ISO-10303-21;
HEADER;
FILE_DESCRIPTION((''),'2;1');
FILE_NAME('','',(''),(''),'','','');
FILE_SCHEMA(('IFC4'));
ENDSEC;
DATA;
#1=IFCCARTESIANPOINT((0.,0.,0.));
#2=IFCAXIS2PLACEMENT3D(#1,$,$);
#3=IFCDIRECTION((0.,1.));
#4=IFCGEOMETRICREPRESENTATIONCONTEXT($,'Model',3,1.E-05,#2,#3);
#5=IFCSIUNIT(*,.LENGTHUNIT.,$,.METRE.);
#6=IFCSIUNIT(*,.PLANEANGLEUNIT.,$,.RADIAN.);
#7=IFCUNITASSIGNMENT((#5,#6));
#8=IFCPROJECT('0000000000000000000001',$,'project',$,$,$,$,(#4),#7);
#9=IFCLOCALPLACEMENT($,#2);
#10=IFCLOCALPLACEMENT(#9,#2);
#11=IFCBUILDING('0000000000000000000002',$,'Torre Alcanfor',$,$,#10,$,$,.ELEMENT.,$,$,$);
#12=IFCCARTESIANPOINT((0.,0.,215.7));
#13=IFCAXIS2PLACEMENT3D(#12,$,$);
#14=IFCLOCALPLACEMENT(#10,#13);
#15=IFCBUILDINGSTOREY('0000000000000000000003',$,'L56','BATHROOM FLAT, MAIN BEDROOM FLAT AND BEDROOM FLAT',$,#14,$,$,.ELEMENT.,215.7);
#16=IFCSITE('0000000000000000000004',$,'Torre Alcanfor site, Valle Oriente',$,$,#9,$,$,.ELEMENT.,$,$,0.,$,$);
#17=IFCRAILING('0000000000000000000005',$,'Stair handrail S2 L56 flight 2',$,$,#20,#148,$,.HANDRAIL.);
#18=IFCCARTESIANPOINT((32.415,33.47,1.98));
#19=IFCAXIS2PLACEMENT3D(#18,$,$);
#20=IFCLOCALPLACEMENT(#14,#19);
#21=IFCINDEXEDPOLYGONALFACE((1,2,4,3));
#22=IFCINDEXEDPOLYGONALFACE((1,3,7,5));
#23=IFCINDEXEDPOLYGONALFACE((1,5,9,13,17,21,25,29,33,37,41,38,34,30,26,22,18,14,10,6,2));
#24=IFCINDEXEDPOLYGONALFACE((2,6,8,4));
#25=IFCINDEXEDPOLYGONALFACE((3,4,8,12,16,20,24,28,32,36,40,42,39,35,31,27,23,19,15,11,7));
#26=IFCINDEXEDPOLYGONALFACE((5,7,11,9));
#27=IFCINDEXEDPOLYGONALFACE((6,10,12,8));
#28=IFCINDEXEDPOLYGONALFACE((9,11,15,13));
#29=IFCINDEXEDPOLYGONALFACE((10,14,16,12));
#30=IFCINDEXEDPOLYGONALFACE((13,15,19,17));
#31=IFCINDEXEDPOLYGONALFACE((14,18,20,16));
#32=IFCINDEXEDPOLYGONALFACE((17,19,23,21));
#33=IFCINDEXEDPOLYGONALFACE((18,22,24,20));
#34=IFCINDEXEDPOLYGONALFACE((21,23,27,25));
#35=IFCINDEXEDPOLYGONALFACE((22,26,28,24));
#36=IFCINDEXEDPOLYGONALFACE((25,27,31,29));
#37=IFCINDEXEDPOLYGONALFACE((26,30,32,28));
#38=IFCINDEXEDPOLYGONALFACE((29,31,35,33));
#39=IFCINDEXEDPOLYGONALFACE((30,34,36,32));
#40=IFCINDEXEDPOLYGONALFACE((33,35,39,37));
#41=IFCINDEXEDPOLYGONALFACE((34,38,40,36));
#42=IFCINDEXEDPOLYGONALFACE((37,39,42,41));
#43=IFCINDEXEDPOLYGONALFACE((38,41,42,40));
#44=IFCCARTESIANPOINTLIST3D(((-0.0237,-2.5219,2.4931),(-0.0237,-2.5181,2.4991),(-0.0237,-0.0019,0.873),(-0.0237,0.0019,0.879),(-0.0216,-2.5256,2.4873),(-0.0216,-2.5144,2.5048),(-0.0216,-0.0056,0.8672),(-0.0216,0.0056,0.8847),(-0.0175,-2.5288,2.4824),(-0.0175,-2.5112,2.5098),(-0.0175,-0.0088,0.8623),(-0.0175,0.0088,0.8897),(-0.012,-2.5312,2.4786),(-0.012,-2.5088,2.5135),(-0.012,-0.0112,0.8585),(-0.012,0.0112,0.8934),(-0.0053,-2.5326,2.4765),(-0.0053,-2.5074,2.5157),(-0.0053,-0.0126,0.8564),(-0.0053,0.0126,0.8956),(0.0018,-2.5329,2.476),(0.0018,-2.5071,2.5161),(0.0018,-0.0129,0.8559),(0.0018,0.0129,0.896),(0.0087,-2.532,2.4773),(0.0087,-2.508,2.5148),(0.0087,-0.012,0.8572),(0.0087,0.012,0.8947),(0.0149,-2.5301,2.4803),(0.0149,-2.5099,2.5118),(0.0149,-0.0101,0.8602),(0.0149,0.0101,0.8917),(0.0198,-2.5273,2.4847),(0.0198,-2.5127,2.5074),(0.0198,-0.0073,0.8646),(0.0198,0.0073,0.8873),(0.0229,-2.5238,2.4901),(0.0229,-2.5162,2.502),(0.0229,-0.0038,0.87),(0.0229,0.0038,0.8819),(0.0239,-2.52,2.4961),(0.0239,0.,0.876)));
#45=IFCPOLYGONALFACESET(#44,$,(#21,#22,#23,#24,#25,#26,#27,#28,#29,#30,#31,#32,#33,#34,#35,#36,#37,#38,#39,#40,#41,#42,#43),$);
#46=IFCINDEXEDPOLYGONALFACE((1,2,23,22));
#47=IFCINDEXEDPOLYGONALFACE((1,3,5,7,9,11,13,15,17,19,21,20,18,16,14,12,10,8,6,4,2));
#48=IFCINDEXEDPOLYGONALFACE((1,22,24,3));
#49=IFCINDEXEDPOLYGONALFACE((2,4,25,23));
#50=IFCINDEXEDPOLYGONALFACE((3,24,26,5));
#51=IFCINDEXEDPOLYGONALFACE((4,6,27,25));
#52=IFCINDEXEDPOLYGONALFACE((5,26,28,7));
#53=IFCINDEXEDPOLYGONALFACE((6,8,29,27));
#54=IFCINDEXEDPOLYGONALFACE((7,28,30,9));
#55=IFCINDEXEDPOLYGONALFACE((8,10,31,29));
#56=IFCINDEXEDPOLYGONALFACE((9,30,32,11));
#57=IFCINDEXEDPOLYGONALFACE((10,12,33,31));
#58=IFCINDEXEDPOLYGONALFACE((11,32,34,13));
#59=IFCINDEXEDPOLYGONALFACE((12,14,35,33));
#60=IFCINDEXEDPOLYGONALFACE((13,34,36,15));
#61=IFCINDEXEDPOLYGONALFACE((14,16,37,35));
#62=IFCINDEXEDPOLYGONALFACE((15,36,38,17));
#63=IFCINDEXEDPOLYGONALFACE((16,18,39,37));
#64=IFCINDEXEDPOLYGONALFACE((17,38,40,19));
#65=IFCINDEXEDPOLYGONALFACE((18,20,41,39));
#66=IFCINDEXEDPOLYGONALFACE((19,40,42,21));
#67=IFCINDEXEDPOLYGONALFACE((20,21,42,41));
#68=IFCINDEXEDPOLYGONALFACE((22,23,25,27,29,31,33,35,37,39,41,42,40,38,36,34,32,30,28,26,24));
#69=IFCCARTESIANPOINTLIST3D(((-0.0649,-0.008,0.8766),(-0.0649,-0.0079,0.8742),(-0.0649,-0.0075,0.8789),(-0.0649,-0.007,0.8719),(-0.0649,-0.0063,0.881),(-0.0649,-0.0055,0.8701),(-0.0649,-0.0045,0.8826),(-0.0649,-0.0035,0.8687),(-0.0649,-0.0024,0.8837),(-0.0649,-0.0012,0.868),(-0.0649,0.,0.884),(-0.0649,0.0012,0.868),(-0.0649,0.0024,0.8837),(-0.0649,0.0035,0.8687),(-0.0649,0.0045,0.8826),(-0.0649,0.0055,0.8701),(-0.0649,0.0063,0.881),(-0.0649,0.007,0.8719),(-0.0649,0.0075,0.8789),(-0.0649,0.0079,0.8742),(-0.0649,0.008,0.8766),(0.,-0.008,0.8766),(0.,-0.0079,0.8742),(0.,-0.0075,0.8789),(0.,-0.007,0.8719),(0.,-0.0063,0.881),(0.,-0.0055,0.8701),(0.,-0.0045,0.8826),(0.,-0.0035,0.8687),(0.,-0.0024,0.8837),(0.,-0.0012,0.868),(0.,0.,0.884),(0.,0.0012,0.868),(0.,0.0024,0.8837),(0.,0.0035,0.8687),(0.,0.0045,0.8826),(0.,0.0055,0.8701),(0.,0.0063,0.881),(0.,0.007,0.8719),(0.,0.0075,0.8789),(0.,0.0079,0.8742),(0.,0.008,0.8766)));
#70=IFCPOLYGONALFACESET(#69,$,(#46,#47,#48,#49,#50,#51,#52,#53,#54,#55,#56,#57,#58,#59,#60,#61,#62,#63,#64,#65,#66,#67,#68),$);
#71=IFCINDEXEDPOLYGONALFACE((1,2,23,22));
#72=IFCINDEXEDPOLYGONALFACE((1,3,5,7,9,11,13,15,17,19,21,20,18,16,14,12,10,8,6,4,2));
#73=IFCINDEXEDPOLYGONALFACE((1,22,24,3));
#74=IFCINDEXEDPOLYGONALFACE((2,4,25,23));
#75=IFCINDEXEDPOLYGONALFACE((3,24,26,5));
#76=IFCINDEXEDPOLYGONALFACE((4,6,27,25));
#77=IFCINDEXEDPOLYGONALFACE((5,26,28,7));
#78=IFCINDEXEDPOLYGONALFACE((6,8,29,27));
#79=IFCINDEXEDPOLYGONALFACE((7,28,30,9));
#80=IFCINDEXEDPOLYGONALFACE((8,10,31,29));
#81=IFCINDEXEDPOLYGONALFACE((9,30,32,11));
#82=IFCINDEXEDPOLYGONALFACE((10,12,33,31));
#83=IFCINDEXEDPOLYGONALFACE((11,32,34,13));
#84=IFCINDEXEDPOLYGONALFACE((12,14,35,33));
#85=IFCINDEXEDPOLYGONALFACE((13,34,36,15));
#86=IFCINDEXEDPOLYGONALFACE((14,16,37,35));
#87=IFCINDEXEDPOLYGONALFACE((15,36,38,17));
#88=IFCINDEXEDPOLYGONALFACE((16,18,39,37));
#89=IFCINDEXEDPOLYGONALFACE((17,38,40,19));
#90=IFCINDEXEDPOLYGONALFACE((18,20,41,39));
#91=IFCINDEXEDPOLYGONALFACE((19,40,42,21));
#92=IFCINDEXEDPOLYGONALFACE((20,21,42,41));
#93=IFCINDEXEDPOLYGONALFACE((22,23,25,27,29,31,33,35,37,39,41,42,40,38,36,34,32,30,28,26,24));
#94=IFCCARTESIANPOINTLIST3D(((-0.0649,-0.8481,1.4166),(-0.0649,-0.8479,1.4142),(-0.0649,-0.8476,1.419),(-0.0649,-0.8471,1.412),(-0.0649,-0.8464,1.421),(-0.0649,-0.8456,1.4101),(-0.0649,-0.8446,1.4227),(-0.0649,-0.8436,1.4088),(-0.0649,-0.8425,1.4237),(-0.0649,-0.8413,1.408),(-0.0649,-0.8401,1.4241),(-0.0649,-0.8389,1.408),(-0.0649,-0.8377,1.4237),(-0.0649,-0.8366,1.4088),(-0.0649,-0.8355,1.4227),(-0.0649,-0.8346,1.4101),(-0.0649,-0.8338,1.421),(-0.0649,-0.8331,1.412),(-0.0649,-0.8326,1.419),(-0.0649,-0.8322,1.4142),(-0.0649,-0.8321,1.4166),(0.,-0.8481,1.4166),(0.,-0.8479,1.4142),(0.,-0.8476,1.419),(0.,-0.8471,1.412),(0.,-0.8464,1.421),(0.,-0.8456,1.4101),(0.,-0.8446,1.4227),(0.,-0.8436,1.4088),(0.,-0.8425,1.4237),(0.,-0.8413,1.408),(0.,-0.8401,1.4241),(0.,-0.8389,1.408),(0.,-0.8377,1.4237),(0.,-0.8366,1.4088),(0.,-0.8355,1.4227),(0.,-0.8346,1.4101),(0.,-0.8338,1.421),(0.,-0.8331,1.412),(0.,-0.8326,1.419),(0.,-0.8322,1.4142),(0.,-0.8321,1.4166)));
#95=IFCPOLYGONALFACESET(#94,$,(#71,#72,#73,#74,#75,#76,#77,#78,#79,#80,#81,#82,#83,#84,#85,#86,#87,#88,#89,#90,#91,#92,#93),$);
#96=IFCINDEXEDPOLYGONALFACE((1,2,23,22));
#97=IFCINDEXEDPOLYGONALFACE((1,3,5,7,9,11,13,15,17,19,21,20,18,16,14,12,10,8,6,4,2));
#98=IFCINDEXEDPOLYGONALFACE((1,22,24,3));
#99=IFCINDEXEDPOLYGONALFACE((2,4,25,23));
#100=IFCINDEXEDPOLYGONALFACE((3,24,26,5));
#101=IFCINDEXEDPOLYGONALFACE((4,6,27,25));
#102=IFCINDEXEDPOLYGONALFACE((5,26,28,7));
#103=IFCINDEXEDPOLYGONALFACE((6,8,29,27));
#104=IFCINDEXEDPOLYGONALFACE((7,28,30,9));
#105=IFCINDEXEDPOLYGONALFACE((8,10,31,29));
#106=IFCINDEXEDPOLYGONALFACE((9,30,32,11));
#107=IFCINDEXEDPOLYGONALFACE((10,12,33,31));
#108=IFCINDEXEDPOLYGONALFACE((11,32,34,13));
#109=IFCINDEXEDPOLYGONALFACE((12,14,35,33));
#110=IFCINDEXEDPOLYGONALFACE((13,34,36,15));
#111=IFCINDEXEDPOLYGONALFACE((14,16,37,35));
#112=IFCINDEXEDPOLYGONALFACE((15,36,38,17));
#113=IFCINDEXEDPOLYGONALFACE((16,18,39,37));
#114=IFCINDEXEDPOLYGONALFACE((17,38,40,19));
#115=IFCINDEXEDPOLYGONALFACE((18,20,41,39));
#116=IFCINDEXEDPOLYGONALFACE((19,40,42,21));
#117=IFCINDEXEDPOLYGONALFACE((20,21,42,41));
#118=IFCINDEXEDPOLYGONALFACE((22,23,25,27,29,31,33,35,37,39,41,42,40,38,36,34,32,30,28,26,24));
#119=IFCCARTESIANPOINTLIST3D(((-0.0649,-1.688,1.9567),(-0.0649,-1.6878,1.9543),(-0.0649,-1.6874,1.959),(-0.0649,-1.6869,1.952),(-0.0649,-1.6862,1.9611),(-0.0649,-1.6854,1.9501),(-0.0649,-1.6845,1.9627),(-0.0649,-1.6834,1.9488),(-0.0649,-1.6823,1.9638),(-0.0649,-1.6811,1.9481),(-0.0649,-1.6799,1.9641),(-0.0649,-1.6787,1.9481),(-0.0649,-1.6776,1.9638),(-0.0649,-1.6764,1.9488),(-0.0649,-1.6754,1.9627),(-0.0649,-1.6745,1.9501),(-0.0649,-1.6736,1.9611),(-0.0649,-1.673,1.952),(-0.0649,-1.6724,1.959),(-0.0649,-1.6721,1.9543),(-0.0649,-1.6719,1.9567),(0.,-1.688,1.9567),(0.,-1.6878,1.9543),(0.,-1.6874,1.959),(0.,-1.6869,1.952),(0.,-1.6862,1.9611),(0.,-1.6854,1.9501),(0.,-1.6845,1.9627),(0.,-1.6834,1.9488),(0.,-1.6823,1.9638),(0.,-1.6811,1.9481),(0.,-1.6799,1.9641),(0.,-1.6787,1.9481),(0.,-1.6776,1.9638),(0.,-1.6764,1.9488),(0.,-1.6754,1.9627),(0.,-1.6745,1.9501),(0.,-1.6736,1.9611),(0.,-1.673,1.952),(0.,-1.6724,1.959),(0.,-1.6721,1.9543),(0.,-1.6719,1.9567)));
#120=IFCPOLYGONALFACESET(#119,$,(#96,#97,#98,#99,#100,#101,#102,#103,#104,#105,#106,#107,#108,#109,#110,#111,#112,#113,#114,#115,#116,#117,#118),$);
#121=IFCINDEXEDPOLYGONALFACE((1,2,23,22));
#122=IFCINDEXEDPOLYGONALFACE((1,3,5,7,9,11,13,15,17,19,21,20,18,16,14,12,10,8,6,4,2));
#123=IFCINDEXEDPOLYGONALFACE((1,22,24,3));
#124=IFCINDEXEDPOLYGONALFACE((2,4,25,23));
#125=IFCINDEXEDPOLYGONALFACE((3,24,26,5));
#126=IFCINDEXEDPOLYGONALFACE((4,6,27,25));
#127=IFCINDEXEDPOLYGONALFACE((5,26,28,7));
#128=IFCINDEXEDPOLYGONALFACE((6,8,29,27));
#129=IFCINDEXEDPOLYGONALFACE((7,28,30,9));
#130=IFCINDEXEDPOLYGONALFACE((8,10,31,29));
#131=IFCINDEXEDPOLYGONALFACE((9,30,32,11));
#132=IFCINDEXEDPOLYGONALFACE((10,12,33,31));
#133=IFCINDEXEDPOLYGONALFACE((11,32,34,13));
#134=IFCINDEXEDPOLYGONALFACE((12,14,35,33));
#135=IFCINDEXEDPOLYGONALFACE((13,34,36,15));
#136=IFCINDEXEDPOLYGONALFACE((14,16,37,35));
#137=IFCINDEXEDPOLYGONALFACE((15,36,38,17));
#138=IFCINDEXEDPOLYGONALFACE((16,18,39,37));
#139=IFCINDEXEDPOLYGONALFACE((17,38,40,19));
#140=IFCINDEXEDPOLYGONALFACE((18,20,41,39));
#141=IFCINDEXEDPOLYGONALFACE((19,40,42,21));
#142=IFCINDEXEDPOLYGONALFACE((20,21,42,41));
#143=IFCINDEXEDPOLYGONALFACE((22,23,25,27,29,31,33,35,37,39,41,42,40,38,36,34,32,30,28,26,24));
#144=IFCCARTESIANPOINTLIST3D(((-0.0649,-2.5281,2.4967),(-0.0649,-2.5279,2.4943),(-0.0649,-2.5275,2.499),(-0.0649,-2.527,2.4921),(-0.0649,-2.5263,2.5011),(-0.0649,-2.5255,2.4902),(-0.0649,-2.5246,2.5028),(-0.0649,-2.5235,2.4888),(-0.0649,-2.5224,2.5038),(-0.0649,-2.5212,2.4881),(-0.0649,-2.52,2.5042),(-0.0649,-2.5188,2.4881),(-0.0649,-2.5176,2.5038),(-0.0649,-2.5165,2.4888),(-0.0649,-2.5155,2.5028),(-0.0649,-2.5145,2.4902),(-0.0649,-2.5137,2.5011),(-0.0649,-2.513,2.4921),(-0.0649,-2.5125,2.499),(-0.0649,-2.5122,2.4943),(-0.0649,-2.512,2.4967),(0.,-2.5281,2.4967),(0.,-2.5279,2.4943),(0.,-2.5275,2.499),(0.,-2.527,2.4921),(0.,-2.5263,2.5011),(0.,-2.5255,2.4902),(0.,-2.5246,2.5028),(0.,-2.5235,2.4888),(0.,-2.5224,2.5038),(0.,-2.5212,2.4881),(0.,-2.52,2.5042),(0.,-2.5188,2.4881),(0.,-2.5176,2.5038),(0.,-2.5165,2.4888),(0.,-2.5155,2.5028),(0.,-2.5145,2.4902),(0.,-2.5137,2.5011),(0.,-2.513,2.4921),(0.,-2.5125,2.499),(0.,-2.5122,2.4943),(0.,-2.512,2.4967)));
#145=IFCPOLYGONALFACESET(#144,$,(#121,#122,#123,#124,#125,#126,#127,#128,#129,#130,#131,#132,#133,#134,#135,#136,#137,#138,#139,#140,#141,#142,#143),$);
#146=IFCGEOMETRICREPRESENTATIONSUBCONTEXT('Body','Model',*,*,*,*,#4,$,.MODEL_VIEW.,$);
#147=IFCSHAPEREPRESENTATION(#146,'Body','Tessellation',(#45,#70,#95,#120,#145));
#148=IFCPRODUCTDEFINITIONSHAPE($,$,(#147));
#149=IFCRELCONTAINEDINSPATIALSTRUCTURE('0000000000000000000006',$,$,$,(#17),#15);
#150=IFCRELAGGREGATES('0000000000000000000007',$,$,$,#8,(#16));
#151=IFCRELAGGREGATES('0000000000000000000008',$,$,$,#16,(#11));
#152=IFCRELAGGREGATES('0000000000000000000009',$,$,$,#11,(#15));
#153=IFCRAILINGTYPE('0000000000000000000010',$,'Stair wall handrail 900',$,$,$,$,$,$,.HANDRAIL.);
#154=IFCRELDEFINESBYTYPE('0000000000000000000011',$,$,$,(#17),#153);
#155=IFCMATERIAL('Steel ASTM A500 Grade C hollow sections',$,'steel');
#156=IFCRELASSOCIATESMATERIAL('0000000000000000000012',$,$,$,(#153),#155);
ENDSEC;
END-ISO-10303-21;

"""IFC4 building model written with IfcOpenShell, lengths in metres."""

from ifc_helpers import new_model, si_unit, direction, frame, origin, origin_2d, place, context, subcontext, project, spatial, circle, extrude, material, type_object, element, save


model = new_model("IFC4")

# Units and contexts
model_context = context("Model", 3, precision=1e-05, world=origin(), true_north=direction((0.0, 1.0)))
body_context = subcontext(model_context, "Body", "Model", "MODEL_VIEW")
ifc_project = project(units=[si_unit("LENGTHUNIT", "METRE"), si_unit("PLANEANGLEUNIT", "RADIAN")], contexts=[model_context])

# Site, building, storey
site_placement = place(None, origin())
site = spatial("IfcSite", under=ifc_project, at=site_placement, Name="Torre Alcanfor site, Valle Oriente", CompositionType="ELEMENT", RefElevation=0.0)
building_placement = place(site_placement, origin())
building = spatial("IfcBuilding", under=site, at=building_placement, Name="Torre Alcanfor", CompositionType="ELEMENT")
storey_placement = place(building_placement, frame((0.0, 0.0, 215.7)))
storey = spatial("IfcBuildingStorey", under=building, at=storey_placement, Name="L56", Description="BATHROOM FLAT, MAIN BEDROOM FLAT AND BEDROOM FLAT", CompositionType="ELEMENT", Elevation=215.7)

# Railing
ifc_material_1 = material(Name="Steel ASTM A500 Grade C hollow sections", Category="steel")
railing_type_1 = type_object("IfcRailingType", Name="Stair wall handrail 900", PredefinedType="HANDRAIL", material=ifc_material_1)
railing_1_placement = place(storey_placement, frame((32.415, 33.47, 1.98)))
element("IfcRailing", 1, at=railing_1_placement, inside=storey, type_object=railing_type_1, Name="Stair handrail S2 L56 flight 2", PredefinedType="HANDRAIL", context=body_context, shape_type="SweptSolid", body=[
    extrude(circle(Radius=0.0239, at=origin_2d()), frame((0.0, 0.0, 0.876), z_axis=(0.0, -0.841163, 0.540782), x_axis=(1.0, 0.0, 0.0)), (0.0, 0.0, 1.0), 2.9958),
    extrude(circle(Radius=0.0081, at=origin_2d()), frame((0.0, 0.0, 0.876), z_axis=(-1.0, 0.0, 0.0), x_axis=(0.0, 0.0, 1.0)), (0.0, 0.0, 1.0), 0.0649),
    extrude(circle(Radius=0.0081, at=origin_2d()), frame((0.0, -0.8401, 1.416), z_axis=(-1.0, 0.0, 0.0), x_axis=(0.0, 0.0, 1.0)), (0.0, 0.0, 1.0), 0.0649),
    extrude(circle(Radius=0.0081, at=origin_2d()), frame((0.0, -1.6799, 1.9561), z_axis=(-1.0, 0.0, 0.0), x_axis=(0.0, 0.0, 1.0)), (0.0, 0.0, 1.0), 0.0649),
    extrude(circle(Radius=0.0081, at=origin_2d()), frame((0.0, -2.52, 2.4961), z_axis=(-1.0, 0.0, 0.0), x_axis=(0.0, 0.0, 1.0)), (0.0, 0.0, 1.0), 0.0649),
])

save(model, "model.ifc")
